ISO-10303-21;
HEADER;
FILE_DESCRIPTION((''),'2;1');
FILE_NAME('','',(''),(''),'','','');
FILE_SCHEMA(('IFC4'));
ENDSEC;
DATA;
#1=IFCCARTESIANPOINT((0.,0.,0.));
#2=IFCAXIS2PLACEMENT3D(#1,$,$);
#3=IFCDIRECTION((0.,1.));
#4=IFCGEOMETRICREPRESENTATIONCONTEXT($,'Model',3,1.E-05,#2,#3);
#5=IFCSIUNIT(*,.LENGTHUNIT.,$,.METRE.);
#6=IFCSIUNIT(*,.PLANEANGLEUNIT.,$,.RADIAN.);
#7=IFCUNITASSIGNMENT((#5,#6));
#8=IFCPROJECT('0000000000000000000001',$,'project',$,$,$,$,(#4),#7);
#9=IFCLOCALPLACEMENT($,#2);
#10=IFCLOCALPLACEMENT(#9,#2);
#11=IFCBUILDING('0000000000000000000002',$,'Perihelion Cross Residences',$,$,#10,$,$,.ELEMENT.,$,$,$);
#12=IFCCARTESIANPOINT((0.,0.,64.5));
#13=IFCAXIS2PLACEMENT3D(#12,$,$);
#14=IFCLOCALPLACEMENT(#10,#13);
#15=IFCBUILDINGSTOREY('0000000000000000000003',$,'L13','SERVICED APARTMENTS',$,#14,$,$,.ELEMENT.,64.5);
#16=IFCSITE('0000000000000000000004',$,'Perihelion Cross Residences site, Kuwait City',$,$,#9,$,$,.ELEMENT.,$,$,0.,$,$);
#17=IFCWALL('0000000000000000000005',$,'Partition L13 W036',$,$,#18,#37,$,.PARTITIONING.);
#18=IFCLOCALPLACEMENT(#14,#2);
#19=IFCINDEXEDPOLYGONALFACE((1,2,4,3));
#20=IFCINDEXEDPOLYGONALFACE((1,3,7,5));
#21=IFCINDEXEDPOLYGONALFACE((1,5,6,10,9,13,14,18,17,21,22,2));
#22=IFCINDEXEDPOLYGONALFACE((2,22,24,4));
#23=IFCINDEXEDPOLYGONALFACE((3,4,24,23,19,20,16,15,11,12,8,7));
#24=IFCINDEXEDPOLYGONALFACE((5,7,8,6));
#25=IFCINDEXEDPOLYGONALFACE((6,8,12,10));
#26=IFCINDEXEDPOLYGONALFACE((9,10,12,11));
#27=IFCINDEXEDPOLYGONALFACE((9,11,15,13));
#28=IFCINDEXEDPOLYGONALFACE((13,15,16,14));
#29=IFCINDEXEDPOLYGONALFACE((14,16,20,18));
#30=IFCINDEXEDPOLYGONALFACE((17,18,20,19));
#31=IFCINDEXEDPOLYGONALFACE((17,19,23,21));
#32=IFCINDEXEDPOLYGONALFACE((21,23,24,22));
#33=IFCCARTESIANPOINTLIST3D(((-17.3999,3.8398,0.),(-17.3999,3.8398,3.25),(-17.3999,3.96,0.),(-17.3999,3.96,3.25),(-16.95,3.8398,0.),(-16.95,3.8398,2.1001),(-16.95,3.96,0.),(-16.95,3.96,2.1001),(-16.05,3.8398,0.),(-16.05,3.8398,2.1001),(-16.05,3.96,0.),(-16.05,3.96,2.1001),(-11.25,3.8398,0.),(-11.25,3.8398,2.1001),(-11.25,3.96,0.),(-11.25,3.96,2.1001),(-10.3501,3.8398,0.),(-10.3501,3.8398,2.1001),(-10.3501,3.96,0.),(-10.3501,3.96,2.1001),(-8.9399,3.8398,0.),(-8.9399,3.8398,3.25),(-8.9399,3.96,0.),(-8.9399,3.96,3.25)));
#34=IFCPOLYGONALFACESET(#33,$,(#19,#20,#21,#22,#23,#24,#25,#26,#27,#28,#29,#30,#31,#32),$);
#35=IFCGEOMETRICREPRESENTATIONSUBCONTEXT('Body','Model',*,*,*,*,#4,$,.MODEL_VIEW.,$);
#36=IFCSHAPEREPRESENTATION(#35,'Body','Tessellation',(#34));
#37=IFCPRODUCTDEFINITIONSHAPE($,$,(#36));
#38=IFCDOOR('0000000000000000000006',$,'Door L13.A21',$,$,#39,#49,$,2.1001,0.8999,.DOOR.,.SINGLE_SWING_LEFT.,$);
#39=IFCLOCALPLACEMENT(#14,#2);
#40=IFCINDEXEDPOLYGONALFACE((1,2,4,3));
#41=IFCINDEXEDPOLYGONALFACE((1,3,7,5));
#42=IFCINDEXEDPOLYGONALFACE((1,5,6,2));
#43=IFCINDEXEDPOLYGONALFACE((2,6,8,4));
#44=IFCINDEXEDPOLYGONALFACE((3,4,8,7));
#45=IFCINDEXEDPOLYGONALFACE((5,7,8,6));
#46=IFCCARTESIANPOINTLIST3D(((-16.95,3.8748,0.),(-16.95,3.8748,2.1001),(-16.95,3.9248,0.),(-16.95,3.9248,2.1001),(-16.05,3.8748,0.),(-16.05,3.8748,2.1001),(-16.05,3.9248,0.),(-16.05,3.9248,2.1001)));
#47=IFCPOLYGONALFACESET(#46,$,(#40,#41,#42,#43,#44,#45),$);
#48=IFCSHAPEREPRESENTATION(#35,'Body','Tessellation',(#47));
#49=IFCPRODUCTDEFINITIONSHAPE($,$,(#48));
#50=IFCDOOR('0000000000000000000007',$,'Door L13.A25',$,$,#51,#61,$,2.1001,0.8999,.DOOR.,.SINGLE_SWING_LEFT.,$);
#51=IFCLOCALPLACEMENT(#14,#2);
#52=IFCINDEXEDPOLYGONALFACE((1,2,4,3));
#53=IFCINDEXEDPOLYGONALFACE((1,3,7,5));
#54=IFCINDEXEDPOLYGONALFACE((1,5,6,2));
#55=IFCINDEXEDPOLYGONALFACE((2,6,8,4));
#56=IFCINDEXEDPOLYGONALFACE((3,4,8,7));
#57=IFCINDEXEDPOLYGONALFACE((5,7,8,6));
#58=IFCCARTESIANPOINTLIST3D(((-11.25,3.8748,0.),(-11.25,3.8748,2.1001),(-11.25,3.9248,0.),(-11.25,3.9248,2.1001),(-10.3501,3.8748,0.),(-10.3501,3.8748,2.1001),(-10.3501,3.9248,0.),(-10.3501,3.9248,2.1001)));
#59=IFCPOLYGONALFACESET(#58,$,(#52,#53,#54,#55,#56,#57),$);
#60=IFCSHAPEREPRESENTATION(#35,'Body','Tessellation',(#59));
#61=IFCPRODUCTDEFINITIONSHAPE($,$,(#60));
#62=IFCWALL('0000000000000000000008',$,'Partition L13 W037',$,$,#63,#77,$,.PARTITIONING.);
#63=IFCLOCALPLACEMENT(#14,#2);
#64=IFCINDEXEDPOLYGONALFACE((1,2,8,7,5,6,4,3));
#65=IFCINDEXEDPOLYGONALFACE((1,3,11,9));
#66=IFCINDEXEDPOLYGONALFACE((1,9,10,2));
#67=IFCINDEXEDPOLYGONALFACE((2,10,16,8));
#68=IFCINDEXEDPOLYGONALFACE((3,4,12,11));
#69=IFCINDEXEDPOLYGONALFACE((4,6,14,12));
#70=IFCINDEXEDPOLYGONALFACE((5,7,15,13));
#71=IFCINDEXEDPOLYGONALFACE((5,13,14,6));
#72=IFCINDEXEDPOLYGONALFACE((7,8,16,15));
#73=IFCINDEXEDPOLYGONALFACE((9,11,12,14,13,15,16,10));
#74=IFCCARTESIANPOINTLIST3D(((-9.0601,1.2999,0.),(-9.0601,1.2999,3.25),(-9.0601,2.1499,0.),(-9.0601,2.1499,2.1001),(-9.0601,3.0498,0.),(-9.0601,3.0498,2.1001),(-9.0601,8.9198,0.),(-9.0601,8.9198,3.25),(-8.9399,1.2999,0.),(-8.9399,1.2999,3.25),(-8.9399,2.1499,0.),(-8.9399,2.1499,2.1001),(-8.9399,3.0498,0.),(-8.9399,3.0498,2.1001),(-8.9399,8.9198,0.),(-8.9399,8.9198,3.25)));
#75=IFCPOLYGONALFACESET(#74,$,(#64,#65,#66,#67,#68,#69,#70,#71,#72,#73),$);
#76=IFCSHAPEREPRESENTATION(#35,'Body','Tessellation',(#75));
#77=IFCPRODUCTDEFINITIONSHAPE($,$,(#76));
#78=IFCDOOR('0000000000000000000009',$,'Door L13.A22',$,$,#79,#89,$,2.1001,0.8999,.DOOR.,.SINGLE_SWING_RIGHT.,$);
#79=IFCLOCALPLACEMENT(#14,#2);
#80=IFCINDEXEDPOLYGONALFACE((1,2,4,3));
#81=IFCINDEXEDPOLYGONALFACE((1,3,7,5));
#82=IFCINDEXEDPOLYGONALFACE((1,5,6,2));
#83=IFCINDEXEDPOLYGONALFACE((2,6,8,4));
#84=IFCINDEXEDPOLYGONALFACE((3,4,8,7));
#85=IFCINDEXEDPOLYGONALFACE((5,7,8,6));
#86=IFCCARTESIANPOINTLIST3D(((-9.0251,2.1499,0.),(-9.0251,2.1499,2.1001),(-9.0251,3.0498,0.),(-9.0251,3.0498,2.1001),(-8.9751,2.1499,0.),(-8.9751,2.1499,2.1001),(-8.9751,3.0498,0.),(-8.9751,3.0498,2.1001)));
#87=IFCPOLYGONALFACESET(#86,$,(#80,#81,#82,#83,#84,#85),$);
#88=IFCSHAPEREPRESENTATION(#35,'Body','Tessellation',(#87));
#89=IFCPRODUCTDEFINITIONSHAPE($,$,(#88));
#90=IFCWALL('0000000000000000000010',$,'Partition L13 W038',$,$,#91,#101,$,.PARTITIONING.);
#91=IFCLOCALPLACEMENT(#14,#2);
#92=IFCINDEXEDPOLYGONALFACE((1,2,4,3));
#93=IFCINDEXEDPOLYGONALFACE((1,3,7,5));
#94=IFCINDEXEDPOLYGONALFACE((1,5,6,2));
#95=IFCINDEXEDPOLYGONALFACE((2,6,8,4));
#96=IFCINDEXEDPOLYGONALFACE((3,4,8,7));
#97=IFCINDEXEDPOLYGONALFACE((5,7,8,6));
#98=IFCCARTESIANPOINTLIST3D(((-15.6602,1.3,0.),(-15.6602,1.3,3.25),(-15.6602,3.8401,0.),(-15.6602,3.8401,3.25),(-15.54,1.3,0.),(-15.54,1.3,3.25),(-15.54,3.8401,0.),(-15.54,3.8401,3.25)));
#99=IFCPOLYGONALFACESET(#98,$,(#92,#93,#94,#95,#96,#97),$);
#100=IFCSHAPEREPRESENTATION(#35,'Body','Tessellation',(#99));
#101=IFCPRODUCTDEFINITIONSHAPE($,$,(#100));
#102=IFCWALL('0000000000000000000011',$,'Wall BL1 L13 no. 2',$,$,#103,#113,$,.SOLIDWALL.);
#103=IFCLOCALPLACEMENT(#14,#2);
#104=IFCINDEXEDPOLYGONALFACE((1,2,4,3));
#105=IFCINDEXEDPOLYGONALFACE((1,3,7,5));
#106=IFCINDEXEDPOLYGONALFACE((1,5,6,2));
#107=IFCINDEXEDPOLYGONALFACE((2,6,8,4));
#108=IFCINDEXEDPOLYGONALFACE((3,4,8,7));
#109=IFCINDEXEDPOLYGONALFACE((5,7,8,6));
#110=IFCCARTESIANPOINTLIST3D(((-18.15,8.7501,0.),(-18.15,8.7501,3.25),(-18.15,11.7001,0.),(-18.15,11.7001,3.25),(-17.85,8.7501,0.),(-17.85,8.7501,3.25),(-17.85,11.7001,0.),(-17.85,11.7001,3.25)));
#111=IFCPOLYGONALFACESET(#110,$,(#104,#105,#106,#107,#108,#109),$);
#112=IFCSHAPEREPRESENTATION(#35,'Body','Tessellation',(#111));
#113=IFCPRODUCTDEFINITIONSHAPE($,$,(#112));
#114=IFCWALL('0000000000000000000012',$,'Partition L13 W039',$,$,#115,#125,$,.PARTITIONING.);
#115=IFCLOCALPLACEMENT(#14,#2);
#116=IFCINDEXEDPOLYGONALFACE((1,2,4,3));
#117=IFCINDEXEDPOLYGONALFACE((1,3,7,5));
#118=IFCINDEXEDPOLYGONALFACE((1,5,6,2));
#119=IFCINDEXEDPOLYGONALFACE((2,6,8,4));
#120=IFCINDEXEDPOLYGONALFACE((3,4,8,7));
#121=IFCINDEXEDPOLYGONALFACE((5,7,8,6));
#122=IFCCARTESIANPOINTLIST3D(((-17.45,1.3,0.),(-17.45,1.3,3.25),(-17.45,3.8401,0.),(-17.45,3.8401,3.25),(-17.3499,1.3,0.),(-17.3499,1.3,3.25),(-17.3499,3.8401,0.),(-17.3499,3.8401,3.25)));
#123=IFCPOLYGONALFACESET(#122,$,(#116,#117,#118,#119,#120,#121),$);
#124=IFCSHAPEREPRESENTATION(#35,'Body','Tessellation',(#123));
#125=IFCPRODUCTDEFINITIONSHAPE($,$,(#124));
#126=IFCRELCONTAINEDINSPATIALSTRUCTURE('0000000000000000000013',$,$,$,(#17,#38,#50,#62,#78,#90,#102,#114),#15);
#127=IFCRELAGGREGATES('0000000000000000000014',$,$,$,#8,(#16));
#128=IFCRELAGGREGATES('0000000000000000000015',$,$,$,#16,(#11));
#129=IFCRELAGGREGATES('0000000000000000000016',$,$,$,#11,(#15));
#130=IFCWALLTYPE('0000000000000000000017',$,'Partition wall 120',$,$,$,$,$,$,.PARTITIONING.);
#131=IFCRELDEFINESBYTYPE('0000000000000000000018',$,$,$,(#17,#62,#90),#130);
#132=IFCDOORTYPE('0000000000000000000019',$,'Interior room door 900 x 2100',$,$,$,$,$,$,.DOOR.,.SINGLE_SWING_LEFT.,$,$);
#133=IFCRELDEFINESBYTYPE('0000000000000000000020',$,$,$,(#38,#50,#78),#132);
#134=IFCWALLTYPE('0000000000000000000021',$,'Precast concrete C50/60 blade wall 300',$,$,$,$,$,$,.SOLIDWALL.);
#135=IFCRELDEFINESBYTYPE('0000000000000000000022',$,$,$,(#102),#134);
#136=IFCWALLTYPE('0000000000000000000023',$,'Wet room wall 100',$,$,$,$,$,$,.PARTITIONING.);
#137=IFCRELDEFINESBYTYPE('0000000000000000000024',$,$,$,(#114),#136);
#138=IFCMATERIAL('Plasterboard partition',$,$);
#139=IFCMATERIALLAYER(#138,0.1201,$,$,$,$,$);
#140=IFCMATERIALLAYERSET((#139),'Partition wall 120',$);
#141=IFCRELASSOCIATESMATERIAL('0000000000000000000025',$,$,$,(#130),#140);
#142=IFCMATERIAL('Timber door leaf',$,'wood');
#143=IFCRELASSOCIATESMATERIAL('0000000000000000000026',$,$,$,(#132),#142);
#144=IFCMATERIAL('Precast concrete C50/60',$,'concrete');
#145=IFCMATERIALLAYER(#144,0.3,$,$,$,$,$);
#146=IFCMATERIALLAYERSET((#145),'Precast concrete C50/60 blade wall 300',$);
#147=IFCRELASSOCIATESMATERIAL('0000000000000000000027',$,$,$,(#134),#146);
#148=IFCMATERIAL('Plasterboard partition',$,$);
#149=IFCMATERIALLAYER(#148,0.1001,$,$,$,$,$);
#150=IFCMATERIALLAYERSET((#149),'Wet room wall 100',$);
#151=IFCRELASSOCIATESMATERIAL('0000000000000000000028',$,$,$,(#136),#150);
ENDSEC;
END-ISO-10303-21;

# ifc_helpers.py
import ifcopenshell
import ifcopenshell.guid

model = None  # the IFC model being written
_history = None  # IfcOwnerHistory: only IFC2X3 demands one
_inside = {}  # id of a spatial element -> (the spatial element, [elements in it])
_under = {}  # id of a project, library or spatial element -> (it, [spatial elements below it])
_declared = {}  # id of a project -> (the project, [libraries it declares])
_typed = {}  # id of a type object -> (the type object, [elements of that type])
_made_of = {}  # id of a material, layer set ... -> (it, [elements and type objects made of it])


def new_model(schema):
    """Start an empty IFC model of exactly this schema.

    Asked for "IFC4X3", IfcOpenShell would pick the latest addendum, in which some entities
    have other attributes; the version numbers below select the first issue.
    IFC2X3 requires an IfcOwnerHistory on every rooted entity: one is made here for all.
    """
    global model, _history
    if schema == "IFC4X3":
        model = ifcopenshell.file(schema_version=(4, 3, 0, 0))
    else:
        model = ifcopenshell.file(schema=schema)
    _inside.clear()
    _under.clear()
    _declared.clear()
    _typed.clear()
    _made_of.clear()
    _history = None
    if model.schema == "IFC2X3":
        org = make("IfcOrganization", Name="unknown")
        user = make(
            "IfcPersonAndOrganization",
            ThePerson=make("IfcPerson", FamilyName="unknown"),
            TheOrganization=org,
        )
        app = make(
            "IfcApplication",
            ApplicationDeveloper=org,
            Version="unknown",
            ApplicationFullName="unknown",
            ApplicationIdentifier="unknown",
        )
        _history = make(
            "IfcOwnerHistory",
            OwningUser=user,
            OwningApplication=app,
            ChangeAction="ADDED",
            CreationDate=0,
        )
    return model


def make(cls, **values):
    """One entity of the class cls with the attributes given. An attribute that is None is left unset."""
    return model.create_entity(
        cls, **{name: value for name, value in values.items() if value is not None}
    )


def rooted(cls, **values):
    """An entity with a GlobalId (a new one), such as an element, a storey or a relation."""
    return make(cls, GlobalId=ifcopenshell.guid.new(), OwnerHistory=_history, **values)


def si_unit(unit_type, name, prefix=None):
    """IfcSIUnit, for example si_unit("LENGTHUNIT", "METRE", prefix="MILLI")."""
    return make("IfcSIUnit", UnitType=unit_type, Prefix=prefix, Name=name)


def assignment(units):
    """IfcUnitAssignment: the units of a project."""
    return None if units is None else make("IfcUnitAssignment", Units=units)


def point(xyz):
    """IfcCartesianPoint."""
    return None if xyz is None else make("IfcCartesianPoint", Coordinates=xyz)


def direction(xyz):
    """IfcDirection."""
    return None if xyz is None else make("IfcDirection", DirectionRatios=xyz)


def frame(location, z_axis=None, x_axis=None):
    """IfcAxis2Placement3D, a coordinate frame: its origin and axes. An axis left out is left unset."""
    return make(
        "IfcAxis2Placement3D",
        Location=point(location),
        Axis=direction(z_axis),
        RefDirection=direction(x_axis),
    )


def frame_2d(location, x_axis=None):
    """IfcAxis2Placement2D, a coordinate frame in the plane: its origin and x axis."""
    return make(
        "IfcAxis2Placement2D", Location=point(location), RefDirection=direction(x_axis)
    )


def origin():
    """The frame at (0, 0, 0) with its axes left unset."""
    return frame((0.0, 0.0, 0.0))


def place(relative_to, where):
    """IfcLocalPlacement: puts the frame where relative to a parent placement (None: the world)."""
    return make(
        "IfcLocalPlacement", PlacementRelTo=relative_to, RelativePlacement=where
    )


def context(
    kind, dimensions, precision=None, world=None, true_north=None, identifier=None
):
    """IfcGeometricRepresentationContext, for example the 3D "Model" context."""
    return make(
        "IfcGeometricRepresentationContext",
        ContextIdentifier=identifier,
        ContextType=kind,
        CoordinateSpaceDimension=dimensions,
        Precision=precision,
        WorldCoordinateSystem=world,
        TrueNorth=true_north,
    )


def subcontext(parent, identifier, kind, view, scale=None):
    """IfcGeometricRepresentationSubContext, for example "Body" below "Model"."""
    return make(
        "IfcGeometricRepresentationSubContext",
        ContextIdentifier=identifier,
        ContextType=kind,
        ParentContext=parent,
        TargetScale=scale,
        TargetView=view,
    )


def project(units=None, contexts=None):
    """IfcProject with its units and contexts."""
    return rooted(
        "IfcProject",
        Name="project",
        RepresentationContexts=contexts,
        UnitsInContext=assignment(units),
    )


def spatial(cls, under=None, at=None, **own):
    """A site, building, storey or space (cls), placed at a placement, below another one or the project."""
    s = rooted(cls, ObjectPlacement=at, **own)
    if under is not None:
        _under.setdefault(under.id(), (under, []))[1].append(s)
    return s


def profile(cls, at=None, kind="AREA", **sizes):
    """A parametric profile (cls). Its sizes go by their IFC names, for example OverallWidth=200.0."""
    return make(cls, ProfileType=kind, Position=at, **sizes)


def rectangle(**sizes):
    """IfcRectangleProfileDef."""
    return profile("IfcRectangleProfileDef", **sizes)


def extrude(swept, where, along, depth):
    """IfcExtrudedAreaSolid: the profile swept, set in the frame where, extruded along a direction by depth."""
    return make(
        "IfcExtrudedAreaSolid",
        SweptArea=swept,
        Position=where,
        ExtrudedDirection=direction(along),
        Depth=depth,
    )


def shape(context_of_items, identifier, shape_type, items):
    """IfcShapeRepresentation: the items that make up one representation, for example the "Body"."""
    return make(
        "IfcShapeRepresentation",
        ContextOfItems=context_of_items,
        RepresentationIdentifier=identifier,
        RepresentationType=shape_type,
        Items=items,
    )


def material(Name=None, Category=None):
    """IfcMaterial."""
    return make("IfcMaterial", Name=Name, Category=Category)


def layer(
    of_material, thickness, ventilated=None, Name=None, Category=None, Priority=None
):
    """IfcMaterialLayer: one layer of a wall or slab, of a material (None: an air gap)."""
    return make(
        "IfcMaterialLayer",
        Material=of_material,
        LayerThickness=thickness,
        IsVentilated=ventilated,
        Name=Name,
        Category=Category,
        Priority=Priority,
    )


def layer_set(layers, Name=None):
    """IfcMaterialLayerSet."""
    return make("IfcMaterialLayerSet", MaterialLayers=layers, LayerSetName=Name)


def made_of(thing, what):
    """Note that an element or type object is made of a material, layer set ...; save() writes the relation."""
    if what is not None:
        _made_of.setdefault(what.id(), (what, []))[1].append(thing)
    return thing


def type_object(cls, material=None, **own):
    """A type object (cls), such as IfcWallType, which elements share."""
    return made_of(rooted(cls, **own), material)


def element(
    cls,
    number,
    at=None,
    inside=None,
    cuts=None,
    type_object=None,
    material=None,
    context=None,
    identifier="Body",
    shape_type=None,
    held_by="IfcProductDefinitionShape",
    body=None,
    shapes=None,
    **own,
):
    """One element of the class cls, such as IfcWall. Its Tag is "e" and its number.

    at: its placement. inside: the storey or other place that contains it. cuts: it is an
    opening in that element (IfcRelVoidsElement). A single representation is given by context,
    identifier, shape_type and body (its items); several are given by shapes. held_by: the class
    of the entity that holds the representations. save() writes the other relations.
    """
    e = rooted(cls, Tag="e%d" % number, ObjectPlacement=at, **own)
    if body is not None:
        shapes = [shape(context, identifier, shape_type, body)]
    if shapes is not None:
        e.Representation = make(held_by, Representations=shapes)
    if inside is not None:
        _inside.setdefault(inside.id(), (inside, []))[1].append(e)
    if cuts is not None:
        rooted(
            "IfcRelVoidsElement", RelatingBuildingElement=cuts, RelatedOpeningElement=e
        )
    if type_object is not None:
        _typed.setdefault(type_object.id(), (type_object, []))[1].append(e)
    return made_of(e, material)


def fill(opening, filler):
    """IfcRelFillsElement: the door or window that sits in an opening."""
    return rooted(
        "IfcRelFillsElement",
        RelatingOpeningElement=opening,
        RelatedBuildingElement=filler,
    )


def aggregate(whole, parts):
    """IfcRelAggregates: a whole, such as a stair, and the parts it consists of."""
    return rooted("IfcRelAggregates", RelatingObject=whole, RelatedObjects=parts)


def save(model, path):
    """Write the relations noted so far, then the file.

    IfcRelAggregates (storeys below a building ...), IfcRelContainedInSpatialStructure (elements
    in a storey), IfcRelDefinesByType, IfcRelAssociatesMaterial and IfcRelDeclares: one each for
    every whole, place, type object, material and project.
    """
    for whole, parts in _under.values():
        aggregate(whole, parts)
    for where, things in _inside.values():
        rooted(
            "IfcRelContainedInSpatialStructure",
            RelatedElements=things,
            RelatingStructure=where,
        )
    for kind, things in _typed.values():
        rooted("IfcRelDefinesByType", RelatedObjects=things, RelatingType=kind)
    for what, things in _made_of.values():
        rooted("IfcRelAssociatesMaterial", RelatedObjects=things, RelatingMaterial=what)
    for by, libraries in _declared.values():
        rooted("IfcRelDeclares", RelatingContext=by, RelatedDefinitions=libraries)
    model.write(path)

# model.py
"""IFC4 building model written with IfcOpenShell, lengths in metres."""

from ifc_helpers import new_model, si_unit, direction, frame, frame_2d, origin, place, context, subcontext, project, spatial, rectangle, extrude, material, layer, layer_set, type_object, element, fill, save


model = new_model("IFC4")

# Units and contexts
model_context = context("Model", 3, precision=1e-05, world=origin(), true_north=direction((0.0, 1.0)))
body_context = subcontext(model_context, "Body", "Model", "MODEL_VIEW")
ifc_project = project(units=[si_unit("LENGTHUNIT", "METRE"), si_unit("PLANEANGLEUNIT", "RADIAN")], contexts=[model_context])

# Site, building, storey
site_placement = place(None, origin())
site = spatial("IfcSite", under=ifc_project, at=site_placement, Name="Perihelion Cross Residences site, Kuwait City", CompositionType="ELEMENT", RefElevation=0.0)
building_placement = place(site_placement, origin())
building = spatial("IfcBuilding", under=site, at=building_placement, Name="Perihelion Cross Residences", CompositionType="ELEMENT")
storey_placement = place(building_placement, frame((0.0, 0.0, 64.5)))
storey = spatial("IfcBuildingStorey", under=building, at=storey_placement, Name="L13", Description="SERVICED APARTMENTS", CompositionType="ELEMENT", Elevation=64.5)

# Shared definitions
ifc_material_1 = material(Name="Plasterboard partition")
ifc_layer_1 = layer(ifc_material_1, 0.1201)
ifc_layer_set_1 = layer_set([ifc_layer_1], Name="Partition wall 120")
wall_type_1 = type_object("IfcWallType", Name="Partition wall 120", PredefinedType="PARTITIONING", material=ifc_layer_set_1)
ifc_material_2 = material(Name="Timber door leaf", Category="wood")
door_type_1 = type_object("IfcDoorType", Name="Interior room door 900 x 2100", OperationType="SINGLE_SWING_LEFT", PredefinedType="DOOR", material=ifc_material_2)

# Wall, openings, doors
wall_1_placement = place(storey_placement, frame((-17.3999, 3.8999, 0.0), z_axis=(0.0, 0.0, 1.0), x_axis=(1.0, 0.0, 0.0)))
wall_1 = element("IfcWall", 1, at=wall_1_placement, inside=storey, type_object=wall_type_1, Name="Partition L13 W036", PredefinedType="PARTITIONING", context=body_context, shape_type="SweptSolid", body=[
    extrude(rectangle(XDim=8.46, YDim=0.1201, at=frame_2d((4.23, 0.0))), origin(), (0.0, 0.0, 1.0), 3.25),
])
opening_1_placement = place(wall_1_placement, frame((0.45, 0.0, 0.0)))
opening_1 = element("IfcOpeningElement", 2, at=opening_1_placement, cuts=wall_1, PredefinedType="OPENING", context=body_context, shape_type="SweptSolid", body=[
    extrude(rectangle(XDim=0.8999, YDim=2.1001, at=frame_2d((0.45, 1.05))), frame((0.0, 0.0701, 0.0), z_axis=(0.0, -1.0, 0.0), x_axis=(1.0, 0.0, 0.0)), (0.0, 0.0, 1.0), 0.1401),
])
opening_2_placement = place(wall_1_placement, frame((6.1499, 0.0, 0.0)))
opening_2 = element("IfcOpeningElement", 3, at=opening_2_placement, cuts=wall_1, PredefinedType="OPENING", context=body_context, shape_type="SweptSolid", body=[
    extrude(rectangle(XDim=0.8999, YDim=2.1001, at=frame_2d((0.45, 1.05))), frame((0.0, 0.0701, 0.0), z_axis=(0.0, -1.0, 0.0), x_axis=(1.0, 0.0, 0.0)), (0.0, 0.0, 1.0), 0.1401),
])
door_1_placement = place(opening_1_placement, origin())
door_1 = element("IfcDoor", 4, at=door_1_placement, inside=storey, type_object=door_type_1, Name="Door L13.A21", OperationType="SINGLE_SWING_LEFT", OverallHeight=2.1001, OverallWidth=0.8999, PredefinedType="DOOR", context=body_context, shape_type="SweptSolid", body=[
    extrude(rectangle(XDim=0.8999, YDim=2.1001, at=frame_2d((0.45, 1.05))), frame((0.0, 0.0249, 0.0), z_axis=(0.0, -1.0, 0.0), x_axis=(1.0, 0.0, 0.0)), (0.0, 0.0, 1.0), 0.05),
])
fill(opening_1, door_1)
door_2_placement = place(opening_2_placement, origin())
door_2 = element("IfcDoor", 5, at=door_2_placement, inside=storey, type_object=door_type_1, Name="Door L13.A25", OperationType="SINGLE_SWING_LEFT", OverallHeight=2.1001, OverallWidth=0.8999, PredefinedType="DOOR", context=body_context, shape_type="SweptSolid", body=[
    extrude(rectangle(XDim=0.8999, YDim=2.1001, at=frame_2d((0.45, 1.05))), frame((0.0, 0.0249, 0.0), z_axis=(0.0, -1.0, 0.0), x_axis=(1.0, 0.0, 0.0)), (0.0, 0.0, 1.0), 0.05),
])
fill(opening_2, door_2)

# Wall, opening, door
wall_2_placement = place(storey_placement, frame((-9.0, 8.9199, 0.0), z_axis=(0.0, 0.0, 1.0), x_axis=(0.0, -1.0, 0.0)))
wall_2 = element("IfcWall", 6, at=wall_2_placement, inside=storey, type_object=wall_type_1, Name="Partition L13 W037", PredefinedType="PARTITIONING", context=body_context, shape_type="SweptSolid", body=[
    extrude(rectangle(XDim=7.6199, YDim=0.1201, at=frame_2d((3.8101, 0.0))), origin(), (0.0, 0.0, 1.0), 3.25),
])
opening_3_placement = place(wall_2_placement, frame((5.8701, 0.0, 0.0)))
opening_3 = element("IfcOpeningElement", 7, at=opening_3_placement, cuts=wall_2, PredefinedType="OPENING", context=body_context, shape_type="SweptSolid", body=[
    extrude(rectangle(XDim=0.8999, YDim=2.1001, at=frame_2d((0.45, 1.05))), frame((0.0, 0.0701, 0.0), z_axis=(0.0, -1.0, 0.0), x_axis=(1.0, 0.0, 0.0)), (0.0, 0.0, 1.0), 0.1401),
])
door_3_placement = place(opening_3_placement, origin())
door_3 = element("IfcDoor", 8, at=door_3_placement, inside=storey, type_object=door_type_1, Name="Door L13.A22", OperationType="SINGLE_SWING_RIGHT", OverallHeight=2.1001, OverallWidth=0.8999, PredefinedType="DOOR", context=body_context, shape_type="SweptSolid", body=[
    extrude(rectangle(XDim=0.8999, YDim=2.1001, at=frame_2d((0.45, 1.05))), frame((0.0, 0.0249, 0.0), z_axis=(0.0, -1.0, 0.0), x_axis=(1.0, 0.0, 0.0)), (0.0, 0.0, 1.0), 0.05),
])
fill(opening_3, door_3)

# Walls
wall_3_placement = place(storey_placement, frame((-15.6001, 1.3, 0.0), z_axis=(0.0, 0.0, 1.0), x_axis=(0.0, 1.0, 0.0)))
element("IfcWall", 9, at=wall_3_placement, inside=storey, type_object=wall_type_1, Name="Partition L13 W038", PredefinedType="PARTITIONING", context=body_context, shape_type="SweptSolid", body=[
    extrude(rectangle(XDim=2.54, YDim=0.1201, at=frame_2d((1.27, 0.0))), origin(), (0.0, 0.0, 1.0), 3.25),
])
ifc_material_3 = material(Name="Precast concrete C50/60", Category="concrete")
ifc_layer_2 = layer(ifc_material_3, 0.3)
ifc_layer_set_2 = layer_set([ifc_layer_2], Name="Precast concrete C50/60 blade wall 300")
wall_type_2 = type_object("IfcWallType", Name="Precast concrete C50/60 blade wall 300", PredefinedType="SOLIDWALL", material=ifc_layer_set_2)
wall_4_placement = place(storey_placement, frame((-18.0, 8.75, 0.0), z_axis=(0.0, 0.0, 1.0), x_axis=(0.0, 1.0, 0.0)))
element("IfcWall", 10, at=wall_4_placement, inside=storey, type_object=wall_type_2, Name="Wall BL1 L13 no. 2", PredefinedType="SOLIDWALL", context=body_context, shape_type="SweptSolid", body=[
    extrude(rectangle(XDim=2.95, YDim=0.3, at=frame_2d((1.4751, 0.0))), origin(), (0.0, 0.0, 1.0), 3.25),
])
ifc_material_4 = material(Name="Plasterboard partition")
ifc_layer_3 = layer(ifc_material_4, 0.1001)
ifc_layer_set_3 = layer_set([ifc_layer_3], Name="Wet room wall 100")
wall_type_3 = type_object("IfcWallType", Name="Wet room wall 100", PredefinedType="PARTITIONING", material=ifc_layer_set_3)
wall_5_placement = place(storey_placement, frame((-17.3999, 1.3, 0.0), z_axis=(0.0, 0.0, 1.0), x_axis=(0.0, 1.0, 0.0)))
element("IfcWall", 11, at=wall_5_placement, inside=storey, type_object=wall_type_3, Name="Partition L13 W039", PredefinedType="PARTITIONING", context=body_context, shape_type="SweptSolid", body=[
    extrude(rectangle(XDim=2.54, YDim=0.1001, at=frame_2d((1.27, 0.0))), origin(), (0.0, 0.0, 1.0), 3.25),
])

save(model, "model.ifc")
